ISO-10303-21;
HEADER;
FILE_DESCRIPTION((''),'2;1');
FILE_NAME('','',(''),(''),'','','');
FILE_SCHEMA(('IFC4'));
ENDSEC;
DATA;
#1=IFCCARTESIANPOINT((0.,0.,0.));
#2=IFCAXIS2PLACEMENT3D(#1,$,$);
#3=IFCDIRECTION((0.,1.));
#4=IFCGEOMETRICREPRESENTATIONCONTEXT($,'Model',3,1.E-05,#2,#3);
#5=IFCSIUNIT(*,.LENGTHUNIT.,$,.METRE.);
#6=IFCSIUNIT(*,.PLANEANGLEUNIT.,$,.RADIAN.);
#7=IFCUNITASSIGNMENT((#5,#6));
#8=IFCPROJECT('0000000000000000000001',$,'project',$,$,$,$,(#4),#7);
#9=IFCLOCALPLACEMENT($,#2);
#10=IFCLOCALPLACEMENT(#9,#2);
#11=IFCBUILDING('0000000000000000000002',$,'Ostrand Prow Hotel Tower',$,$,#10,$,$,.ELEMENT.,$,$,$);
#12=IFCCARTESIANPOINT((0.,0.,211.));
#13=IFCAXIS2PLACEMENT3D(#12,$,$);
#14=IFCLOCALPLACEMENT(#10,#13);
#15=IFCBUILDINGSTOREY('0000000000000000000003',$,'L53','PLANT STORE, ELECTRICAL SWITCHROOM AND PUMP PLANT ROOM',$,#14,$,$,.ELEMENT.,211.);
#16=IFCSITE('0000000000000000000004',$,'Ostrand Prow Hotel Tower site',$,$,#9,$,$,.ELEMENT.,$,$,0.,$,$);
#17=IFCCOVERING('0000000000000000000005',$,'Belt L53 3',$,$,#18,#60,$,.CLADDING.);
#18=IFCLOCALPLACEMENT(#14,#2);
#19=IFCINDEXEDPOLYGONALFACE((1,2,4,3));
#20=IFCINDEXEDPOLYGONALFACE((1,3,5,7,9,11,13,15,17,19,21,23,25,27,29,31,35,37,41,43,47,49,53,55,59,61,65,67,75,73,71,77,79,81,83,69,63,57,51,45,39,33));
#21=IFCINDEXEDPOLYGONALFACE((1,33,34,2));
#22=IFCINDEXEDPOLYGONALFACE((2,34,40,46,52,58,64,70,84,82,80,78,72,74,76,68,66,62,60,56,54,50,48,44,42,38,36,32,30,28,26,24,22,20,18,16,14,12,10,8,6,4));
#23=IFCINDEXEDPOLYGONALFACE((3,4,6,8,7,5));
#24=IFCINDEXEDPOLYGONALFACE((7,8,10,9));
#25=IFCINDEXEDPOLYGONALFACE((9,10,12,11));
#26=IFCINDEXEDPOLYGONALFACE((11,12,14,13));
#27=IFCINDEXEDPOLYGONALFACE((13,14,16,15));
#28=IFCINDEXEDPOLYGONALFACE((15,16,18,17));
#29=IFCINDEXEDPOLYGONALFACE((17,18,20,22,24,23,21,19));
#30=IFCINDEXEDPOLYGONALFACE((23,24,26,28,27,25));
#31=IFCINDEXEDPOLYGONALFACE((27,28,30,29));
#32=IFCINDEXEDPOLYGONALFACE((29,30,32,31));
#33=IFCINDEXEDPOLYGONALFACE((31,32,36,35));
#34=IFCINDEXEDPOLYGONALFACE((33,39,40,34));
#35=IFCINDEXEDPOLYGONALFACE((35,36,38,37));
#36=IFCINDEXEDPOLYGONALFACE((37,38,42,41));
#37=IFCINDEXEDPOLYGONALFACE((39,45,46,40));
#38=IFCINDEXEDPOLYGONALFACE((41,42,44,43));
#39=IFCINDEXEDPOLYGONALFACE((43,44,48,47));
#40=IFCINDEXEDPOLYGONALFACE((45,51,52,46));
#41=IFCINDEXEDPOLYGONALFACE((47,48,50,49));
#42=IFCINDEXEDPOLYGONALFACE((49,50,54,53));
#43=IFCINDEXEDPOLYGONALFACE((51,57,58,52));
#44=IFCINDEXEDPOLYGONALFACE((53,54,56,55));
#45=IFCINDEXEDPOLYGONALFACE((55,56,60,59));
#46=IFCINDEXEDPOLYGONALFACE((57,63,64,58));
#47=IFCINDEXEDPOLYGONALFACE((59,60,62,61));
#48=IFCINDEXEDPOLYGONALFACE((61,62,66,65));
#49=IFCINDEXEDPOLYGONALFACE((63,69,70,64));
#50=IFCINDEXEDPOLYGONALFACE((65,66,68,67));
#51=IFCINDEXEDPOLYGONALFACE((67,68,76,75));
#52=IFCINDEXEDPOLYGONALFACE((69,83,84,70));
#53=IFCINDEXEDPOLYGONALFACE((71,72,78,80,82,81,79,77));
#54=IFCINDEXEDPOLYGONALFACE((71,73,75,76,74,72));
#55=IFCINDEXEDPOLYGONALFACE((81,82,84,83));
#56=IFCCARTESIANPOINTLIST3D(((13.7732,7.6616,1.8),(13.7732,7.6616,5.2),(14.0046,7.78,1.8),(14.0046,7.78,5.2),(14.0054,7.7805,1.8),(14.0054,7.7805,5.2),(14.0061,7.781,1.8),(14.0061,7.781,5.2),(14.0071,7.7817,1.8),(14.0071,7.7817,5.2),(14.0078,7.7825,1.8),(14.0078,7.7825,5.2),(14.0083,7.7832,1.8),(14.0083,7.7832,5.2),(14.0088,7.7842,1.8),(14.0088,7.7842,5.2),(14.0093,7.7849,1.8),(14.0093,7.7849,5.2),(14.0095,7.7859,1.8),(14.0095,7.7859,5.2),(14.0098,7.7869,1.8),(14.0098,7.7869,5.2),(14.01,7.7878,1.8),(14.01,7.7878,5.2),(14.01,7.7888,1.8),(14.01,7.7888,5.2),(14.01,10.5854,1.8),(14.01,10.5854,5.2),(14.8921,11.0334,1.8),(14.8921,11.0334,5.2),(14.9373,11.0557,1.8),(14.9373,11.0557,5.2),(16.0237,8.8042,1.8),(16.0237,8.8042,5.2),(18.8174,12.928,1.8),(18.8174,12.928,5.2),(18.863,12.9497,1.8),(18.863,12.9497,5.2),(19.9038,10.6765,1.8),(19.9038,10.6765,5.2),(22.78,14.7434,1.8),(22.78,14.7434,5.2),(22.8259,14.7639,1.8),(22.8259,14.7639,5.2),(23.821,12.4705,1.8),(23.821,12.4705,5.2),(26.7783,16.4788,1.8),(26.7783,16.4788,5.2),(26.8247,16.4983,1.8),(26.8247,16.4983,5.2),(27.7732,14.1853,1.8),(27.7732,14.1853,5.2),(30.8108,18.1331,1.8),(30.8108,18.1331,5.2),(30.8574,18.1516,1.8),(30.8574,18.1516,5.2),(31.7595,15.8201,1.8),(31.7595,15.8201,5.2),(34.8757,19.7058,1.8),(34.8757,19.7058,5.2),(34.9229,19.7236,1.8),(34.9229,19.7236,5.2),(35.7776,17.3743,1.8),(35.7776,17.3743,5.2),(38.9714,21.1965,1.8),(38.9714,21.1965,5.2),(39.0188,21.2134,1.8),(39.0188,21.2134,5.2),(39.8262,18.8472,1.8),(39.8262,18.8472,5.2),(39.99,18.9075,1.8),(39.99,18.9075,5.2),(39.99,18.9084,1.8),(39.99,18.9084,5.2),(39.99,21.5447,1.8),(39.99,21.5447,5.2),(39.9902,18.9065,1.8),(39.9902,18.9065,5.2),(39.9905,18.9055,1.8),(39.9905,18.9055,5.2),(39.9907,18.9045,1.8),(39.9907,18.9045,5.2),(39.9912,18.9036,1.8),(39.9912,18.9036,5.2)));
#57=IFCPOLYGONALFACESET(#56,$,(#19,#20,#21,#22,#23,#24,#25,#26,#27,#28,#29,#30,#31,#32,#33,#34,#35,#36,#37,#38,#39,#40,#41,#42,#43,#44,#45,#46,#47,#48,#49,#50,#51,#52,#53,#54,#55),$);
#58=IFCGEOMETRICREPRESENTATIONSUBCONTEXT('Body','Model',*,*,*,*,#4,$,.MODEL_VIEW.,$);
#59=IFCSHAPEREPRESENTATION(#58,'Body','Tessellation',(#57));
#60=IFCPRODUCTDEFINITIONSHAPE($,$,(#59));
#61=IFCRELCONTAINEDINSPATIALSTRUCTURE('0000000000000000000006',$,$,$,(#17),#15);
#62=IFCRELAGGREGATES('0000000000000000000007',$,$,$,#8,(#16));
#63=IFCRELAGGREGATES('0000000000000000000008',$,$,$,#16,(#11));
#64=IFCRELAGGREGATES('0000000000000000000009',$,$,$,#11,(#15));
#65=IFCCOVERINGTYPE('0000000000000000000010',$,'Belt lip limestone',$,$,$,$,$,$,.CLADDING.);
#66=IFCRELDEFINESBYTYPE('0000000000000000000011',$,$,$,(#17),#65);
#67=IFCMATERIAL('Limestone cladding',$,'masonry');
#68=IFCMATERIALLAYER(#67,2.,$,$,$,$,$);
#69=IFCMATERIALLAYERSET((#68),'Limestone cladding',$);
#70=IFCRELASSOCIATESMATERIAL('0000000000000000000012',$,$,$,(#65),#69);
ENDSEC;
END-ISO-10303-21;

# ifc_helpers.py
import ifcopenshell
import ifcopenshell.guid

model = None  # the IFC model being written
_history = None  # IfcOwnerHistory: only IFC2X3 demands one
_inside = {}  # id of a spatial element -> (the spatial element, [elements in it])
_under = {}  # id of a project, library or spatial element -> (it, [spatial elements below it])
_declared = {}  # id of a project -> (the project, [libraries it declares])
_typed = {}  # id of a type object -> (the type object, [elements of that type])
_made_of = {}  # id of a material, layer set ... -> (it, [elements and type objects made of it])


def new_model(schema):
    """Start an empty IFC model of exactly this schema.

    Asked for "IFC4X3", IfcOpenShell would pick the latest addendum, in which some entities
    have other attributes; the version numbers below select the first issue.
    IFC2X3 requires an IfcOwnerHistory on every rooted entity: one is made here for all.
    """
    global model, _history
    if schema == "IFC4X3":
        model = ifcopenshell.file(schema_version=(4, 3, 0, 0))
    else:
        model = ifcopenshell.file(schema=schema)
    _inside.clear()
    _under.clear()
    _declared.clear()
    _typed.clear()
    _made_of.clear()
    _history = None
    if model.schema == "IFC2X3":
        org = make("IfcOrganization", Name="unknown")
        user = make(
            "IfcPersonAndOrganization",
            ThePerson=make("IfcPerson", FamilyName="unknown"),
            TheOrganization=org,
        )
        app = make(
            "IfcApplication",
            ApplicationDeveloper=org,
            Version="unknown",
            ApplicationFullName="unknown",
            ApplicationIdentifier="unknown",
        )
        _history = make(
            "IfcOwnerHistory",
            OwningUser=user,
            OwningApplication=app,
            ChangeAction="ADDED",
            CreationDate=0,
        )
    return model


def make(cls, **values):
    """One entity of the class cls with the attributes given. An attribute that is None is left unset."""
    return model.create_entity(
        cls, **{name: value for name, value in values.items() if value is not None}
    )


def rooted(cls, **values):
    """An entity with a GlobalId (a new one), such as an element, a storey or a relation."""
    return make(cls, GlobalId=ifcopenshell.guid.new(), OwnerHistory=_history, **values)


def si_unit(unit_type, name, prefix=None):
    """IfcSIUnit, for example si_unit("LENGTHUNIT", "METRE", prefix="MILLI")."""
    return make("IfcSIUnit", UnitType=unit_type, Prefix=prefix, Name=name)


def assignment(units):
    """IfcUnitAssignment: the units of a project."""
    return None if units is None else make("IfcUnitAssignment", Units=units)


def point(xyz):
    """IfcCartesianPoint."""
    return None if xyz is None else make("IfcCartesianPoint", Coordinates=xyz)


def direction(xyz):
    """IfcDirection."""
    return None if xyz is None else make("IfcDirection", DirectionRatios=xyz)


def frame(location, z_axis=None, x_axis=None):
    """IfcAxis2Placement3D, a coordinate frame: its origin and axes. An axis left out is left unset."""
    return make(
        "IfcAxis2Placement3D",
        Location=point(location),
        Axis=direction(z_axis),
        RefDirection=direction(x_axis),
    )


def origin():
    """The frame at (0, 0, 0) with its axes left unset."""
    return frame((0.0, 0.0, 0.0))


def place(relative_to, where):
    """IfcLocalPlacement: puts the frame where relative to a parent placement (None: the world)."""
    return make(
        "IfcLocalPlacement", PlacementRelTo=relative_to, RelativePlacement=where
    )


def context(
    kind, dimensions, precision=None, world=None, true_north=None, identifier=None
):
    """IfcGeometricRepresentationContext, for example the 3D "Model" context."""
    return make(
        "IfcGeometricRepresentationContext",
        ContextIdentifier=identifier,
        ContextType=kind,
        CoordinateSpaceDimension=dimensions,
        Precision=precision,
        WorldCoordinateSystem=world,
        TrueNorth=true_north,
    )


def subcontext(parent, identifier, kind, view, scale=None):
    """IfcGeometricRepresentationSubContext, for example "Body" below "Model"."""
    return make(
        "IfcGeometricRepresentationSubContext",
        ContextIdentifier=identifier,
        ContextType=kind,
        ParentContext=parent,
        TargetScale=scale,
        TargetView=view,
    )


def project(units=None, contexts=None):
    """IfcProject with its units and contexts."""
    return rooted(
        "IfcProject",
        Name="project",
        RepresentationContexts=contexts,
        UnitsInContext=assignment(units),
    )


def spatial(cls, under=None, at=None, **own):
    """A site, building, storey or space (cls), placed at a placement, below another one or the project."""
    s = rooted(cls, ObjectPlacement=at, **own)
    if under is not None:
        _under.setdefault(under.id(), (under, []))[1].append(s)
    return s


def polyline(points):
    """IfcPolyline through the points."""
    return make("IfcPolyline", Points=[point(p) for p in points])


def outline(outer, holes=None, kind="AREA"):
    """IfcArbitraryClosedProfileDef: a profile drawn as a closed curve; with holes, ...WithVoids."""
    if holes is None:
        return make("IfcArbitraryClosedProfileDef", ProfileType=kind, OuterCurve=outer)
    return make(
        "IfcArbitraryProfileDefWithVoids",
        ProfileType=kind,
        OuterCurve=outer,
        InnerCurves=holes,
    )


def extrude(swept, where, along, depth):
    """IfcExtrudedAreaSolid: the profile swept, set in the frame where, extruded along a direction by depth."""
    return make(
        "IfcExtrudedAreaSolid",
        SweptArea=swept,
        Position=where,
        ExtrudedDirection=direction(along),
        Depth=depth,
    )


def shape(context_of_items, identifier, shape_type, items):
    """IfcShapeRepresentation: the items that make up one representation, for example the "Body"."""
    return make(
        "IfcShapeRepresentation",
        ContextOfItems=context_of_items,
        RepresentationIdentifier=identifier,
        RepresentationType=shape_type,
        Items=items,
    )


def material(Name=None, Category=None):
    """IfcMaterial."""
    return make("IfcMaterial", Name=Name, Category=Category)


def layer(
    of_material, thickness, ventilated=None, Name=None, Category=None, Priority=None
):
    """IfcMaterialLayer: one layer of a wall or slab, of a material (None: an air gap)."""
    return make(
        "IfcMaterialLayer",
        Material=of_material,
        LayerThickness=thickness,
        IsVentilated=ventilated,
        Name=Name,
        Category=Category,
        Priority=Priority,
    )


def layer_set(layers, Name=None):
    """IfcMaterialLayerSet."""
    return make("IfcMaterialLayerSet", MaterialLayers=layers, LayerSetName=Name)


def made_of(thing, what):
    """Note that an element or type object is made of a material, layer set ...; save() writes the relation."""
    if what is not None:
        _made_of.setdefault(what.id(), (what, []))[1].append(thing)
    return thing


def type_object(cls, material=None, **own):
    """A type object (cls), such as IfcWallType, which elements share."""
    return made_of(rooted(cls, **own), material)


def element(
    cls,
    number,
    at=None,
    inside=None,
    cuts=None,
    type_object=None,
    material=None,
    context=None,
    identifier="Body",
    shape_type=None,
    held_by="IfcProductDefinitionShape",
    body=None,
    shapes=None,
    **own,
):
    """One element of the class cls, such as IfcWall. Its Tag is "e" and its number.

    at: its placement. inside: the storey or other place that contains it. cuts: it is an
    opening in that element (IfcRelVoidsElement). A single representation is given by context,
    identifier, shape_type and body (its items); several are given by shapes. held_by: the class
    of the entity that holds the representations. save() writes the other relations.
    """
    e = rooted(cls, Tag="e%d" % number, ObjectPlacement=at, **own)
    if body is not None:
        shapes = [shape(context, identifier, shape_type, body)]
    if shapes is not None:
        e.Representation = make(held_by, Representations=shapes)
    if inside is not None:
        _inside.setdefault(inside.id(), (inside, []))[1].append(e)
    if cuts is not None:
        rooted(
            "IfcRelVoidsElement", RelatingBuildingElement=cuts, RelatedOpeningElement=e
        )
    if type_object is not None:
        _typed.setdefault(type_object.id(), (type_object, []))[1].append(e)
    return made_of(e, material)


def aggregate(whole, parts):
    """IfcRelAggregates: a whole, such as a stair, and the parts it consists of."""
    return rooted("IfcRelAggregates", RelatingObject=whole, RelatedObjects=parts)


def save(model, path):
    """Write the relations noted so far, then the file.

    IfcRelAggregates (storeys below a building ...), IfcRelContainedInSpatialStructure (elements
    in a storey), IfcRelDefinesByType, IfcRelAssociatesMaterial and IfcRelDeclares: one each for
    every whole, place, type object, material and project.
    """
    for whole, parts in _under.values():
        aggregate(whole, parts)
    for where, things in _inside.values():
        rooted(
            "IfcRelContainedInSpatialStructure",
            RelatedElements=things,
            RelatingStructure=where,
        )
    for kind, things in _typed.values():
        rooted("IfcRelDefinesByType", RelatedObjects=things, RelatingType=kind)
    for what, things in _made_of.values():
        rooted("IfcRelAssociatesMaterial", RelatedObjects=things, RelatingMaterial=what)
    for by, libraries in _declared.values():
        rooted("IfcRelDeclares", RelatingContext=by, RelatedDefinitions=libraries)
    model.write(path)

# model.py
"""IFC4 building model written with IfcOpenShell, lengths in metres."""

from ifc_helpers import new_model, si_unit, direction, frame, origin, place, context, subcontext, project, spatial, polyline, outline, extrude, material, layer, layer_set, type_object, element, save


model = new_model("IFC4")

# Units and contexts
model_context = context("Model", 3, precision=1e-05, world=origin(), true_north=direction((0.0, 1.0)))
body_context = subcontext(model_context, "Body", "Model", "MODEL_VIEW")
ifc_project = project(units=[si_unit("LENGTHUNIT", "METRE"), si_unit("PLANEANGLEUNIT", "RADIAN")], contexts=[model_context])

# Site, building, storey
site_placement = place(None, origin())
site = spatial("IfcSite", under=ifc_project, at=site_placement, Name="Ostrand Prow Hotel Tower site", CompositionType="ELEMENT", RefElevation=0.0)
building_placement = place(site_placement, origin())
building = spatial("IfcBuilding", under=site, at=building_placement, Name="Ostrand Prow Hotel Tower", CompositionType="ELEMENT")
storey_placement = place(building_placement, frame((0.0, 0.0, 211.0)))
storey = spatial("IfcBuildingStorey", under=building, at=storey_placement, Name="L53", Description="PLANT STORE, ELECTRICAL SWITCHROOM AND PUMP PLANT ROOM", CompositionType="ELEMENT", Elevation=211.0)

# Covering
ifc_material_1 = material(Name="Limestone cladding", Category="masonry")
ifc_layer_1 = layer(ifc_material_1, 2.0)
ifc_layer_set_1 = layer_set([ifc_layer_1], Name="Limestone cladding")
covering_type_1 = type_object("IfcCoveringType", Name="Belt lip limestone", PredefinedType="CLADDING", material=ifc_layer_set_1)
covering_1_placement = place(storey_placement, frame((0.0, 0.0, 1.8)))
element("IfcCovering", 1, at=covering_1_placement, inside=storey, type_object=covering_type_1, Name="Belt L53 3", PredefinedType="CLADDING", context=body_context, shape_type="SweptSolid", body=[
    extrude(outline(polyline([(14.8921, 11.0334), (14.01, 10.5854), (14.01, 7.7888), (14.01, 7.7878), (14.0098, 7.7869), (14.0095, 7.7859), (14.0093, 7.7849), (14.0088, 7.7842), (14.0083, 7.7832), (14.0078, 7.7825), (14.0071, 7.7817), (14.0061, 7.781), (14.0054, 7.7805), (14.0046, 7.78), (13.7732, 7.6616), (16.0237, 8.8042), (19.9038, 10.6765), (23.821, 12.4705), (27.7732, 14.1853), (31.7595, 15.8201), (35.7776, 17.3743), (39.8262, 18.8472), (39.9912, 18.9036), (39.9912, 18.9036), (39.9907, 18.9045), (39.9905, 18.9055), (39.9902, 18.9065), (39.99, 18.9075), (39.99, 18.9084), (39.99, 21.5447), (39.0188, 21.2134), (38.9714, 21.1965), (34.9229, 19.7236), (34.8757, 19.7058), (30.8574, 18.1516), (30.8108, 18.1331), (26.8247, 16.4983), (26.7783, 16.4788), (22.8259, 14.7639), (22.78, 14.7434), (18.863, 12.9497), (18.8174, 12.928), (14.9373, 11.0557), (14.8921, 11.0334)])), origin(), (0.0, 0.0, 1.0), 3.3999),
])

save(model, "model.ifc")
